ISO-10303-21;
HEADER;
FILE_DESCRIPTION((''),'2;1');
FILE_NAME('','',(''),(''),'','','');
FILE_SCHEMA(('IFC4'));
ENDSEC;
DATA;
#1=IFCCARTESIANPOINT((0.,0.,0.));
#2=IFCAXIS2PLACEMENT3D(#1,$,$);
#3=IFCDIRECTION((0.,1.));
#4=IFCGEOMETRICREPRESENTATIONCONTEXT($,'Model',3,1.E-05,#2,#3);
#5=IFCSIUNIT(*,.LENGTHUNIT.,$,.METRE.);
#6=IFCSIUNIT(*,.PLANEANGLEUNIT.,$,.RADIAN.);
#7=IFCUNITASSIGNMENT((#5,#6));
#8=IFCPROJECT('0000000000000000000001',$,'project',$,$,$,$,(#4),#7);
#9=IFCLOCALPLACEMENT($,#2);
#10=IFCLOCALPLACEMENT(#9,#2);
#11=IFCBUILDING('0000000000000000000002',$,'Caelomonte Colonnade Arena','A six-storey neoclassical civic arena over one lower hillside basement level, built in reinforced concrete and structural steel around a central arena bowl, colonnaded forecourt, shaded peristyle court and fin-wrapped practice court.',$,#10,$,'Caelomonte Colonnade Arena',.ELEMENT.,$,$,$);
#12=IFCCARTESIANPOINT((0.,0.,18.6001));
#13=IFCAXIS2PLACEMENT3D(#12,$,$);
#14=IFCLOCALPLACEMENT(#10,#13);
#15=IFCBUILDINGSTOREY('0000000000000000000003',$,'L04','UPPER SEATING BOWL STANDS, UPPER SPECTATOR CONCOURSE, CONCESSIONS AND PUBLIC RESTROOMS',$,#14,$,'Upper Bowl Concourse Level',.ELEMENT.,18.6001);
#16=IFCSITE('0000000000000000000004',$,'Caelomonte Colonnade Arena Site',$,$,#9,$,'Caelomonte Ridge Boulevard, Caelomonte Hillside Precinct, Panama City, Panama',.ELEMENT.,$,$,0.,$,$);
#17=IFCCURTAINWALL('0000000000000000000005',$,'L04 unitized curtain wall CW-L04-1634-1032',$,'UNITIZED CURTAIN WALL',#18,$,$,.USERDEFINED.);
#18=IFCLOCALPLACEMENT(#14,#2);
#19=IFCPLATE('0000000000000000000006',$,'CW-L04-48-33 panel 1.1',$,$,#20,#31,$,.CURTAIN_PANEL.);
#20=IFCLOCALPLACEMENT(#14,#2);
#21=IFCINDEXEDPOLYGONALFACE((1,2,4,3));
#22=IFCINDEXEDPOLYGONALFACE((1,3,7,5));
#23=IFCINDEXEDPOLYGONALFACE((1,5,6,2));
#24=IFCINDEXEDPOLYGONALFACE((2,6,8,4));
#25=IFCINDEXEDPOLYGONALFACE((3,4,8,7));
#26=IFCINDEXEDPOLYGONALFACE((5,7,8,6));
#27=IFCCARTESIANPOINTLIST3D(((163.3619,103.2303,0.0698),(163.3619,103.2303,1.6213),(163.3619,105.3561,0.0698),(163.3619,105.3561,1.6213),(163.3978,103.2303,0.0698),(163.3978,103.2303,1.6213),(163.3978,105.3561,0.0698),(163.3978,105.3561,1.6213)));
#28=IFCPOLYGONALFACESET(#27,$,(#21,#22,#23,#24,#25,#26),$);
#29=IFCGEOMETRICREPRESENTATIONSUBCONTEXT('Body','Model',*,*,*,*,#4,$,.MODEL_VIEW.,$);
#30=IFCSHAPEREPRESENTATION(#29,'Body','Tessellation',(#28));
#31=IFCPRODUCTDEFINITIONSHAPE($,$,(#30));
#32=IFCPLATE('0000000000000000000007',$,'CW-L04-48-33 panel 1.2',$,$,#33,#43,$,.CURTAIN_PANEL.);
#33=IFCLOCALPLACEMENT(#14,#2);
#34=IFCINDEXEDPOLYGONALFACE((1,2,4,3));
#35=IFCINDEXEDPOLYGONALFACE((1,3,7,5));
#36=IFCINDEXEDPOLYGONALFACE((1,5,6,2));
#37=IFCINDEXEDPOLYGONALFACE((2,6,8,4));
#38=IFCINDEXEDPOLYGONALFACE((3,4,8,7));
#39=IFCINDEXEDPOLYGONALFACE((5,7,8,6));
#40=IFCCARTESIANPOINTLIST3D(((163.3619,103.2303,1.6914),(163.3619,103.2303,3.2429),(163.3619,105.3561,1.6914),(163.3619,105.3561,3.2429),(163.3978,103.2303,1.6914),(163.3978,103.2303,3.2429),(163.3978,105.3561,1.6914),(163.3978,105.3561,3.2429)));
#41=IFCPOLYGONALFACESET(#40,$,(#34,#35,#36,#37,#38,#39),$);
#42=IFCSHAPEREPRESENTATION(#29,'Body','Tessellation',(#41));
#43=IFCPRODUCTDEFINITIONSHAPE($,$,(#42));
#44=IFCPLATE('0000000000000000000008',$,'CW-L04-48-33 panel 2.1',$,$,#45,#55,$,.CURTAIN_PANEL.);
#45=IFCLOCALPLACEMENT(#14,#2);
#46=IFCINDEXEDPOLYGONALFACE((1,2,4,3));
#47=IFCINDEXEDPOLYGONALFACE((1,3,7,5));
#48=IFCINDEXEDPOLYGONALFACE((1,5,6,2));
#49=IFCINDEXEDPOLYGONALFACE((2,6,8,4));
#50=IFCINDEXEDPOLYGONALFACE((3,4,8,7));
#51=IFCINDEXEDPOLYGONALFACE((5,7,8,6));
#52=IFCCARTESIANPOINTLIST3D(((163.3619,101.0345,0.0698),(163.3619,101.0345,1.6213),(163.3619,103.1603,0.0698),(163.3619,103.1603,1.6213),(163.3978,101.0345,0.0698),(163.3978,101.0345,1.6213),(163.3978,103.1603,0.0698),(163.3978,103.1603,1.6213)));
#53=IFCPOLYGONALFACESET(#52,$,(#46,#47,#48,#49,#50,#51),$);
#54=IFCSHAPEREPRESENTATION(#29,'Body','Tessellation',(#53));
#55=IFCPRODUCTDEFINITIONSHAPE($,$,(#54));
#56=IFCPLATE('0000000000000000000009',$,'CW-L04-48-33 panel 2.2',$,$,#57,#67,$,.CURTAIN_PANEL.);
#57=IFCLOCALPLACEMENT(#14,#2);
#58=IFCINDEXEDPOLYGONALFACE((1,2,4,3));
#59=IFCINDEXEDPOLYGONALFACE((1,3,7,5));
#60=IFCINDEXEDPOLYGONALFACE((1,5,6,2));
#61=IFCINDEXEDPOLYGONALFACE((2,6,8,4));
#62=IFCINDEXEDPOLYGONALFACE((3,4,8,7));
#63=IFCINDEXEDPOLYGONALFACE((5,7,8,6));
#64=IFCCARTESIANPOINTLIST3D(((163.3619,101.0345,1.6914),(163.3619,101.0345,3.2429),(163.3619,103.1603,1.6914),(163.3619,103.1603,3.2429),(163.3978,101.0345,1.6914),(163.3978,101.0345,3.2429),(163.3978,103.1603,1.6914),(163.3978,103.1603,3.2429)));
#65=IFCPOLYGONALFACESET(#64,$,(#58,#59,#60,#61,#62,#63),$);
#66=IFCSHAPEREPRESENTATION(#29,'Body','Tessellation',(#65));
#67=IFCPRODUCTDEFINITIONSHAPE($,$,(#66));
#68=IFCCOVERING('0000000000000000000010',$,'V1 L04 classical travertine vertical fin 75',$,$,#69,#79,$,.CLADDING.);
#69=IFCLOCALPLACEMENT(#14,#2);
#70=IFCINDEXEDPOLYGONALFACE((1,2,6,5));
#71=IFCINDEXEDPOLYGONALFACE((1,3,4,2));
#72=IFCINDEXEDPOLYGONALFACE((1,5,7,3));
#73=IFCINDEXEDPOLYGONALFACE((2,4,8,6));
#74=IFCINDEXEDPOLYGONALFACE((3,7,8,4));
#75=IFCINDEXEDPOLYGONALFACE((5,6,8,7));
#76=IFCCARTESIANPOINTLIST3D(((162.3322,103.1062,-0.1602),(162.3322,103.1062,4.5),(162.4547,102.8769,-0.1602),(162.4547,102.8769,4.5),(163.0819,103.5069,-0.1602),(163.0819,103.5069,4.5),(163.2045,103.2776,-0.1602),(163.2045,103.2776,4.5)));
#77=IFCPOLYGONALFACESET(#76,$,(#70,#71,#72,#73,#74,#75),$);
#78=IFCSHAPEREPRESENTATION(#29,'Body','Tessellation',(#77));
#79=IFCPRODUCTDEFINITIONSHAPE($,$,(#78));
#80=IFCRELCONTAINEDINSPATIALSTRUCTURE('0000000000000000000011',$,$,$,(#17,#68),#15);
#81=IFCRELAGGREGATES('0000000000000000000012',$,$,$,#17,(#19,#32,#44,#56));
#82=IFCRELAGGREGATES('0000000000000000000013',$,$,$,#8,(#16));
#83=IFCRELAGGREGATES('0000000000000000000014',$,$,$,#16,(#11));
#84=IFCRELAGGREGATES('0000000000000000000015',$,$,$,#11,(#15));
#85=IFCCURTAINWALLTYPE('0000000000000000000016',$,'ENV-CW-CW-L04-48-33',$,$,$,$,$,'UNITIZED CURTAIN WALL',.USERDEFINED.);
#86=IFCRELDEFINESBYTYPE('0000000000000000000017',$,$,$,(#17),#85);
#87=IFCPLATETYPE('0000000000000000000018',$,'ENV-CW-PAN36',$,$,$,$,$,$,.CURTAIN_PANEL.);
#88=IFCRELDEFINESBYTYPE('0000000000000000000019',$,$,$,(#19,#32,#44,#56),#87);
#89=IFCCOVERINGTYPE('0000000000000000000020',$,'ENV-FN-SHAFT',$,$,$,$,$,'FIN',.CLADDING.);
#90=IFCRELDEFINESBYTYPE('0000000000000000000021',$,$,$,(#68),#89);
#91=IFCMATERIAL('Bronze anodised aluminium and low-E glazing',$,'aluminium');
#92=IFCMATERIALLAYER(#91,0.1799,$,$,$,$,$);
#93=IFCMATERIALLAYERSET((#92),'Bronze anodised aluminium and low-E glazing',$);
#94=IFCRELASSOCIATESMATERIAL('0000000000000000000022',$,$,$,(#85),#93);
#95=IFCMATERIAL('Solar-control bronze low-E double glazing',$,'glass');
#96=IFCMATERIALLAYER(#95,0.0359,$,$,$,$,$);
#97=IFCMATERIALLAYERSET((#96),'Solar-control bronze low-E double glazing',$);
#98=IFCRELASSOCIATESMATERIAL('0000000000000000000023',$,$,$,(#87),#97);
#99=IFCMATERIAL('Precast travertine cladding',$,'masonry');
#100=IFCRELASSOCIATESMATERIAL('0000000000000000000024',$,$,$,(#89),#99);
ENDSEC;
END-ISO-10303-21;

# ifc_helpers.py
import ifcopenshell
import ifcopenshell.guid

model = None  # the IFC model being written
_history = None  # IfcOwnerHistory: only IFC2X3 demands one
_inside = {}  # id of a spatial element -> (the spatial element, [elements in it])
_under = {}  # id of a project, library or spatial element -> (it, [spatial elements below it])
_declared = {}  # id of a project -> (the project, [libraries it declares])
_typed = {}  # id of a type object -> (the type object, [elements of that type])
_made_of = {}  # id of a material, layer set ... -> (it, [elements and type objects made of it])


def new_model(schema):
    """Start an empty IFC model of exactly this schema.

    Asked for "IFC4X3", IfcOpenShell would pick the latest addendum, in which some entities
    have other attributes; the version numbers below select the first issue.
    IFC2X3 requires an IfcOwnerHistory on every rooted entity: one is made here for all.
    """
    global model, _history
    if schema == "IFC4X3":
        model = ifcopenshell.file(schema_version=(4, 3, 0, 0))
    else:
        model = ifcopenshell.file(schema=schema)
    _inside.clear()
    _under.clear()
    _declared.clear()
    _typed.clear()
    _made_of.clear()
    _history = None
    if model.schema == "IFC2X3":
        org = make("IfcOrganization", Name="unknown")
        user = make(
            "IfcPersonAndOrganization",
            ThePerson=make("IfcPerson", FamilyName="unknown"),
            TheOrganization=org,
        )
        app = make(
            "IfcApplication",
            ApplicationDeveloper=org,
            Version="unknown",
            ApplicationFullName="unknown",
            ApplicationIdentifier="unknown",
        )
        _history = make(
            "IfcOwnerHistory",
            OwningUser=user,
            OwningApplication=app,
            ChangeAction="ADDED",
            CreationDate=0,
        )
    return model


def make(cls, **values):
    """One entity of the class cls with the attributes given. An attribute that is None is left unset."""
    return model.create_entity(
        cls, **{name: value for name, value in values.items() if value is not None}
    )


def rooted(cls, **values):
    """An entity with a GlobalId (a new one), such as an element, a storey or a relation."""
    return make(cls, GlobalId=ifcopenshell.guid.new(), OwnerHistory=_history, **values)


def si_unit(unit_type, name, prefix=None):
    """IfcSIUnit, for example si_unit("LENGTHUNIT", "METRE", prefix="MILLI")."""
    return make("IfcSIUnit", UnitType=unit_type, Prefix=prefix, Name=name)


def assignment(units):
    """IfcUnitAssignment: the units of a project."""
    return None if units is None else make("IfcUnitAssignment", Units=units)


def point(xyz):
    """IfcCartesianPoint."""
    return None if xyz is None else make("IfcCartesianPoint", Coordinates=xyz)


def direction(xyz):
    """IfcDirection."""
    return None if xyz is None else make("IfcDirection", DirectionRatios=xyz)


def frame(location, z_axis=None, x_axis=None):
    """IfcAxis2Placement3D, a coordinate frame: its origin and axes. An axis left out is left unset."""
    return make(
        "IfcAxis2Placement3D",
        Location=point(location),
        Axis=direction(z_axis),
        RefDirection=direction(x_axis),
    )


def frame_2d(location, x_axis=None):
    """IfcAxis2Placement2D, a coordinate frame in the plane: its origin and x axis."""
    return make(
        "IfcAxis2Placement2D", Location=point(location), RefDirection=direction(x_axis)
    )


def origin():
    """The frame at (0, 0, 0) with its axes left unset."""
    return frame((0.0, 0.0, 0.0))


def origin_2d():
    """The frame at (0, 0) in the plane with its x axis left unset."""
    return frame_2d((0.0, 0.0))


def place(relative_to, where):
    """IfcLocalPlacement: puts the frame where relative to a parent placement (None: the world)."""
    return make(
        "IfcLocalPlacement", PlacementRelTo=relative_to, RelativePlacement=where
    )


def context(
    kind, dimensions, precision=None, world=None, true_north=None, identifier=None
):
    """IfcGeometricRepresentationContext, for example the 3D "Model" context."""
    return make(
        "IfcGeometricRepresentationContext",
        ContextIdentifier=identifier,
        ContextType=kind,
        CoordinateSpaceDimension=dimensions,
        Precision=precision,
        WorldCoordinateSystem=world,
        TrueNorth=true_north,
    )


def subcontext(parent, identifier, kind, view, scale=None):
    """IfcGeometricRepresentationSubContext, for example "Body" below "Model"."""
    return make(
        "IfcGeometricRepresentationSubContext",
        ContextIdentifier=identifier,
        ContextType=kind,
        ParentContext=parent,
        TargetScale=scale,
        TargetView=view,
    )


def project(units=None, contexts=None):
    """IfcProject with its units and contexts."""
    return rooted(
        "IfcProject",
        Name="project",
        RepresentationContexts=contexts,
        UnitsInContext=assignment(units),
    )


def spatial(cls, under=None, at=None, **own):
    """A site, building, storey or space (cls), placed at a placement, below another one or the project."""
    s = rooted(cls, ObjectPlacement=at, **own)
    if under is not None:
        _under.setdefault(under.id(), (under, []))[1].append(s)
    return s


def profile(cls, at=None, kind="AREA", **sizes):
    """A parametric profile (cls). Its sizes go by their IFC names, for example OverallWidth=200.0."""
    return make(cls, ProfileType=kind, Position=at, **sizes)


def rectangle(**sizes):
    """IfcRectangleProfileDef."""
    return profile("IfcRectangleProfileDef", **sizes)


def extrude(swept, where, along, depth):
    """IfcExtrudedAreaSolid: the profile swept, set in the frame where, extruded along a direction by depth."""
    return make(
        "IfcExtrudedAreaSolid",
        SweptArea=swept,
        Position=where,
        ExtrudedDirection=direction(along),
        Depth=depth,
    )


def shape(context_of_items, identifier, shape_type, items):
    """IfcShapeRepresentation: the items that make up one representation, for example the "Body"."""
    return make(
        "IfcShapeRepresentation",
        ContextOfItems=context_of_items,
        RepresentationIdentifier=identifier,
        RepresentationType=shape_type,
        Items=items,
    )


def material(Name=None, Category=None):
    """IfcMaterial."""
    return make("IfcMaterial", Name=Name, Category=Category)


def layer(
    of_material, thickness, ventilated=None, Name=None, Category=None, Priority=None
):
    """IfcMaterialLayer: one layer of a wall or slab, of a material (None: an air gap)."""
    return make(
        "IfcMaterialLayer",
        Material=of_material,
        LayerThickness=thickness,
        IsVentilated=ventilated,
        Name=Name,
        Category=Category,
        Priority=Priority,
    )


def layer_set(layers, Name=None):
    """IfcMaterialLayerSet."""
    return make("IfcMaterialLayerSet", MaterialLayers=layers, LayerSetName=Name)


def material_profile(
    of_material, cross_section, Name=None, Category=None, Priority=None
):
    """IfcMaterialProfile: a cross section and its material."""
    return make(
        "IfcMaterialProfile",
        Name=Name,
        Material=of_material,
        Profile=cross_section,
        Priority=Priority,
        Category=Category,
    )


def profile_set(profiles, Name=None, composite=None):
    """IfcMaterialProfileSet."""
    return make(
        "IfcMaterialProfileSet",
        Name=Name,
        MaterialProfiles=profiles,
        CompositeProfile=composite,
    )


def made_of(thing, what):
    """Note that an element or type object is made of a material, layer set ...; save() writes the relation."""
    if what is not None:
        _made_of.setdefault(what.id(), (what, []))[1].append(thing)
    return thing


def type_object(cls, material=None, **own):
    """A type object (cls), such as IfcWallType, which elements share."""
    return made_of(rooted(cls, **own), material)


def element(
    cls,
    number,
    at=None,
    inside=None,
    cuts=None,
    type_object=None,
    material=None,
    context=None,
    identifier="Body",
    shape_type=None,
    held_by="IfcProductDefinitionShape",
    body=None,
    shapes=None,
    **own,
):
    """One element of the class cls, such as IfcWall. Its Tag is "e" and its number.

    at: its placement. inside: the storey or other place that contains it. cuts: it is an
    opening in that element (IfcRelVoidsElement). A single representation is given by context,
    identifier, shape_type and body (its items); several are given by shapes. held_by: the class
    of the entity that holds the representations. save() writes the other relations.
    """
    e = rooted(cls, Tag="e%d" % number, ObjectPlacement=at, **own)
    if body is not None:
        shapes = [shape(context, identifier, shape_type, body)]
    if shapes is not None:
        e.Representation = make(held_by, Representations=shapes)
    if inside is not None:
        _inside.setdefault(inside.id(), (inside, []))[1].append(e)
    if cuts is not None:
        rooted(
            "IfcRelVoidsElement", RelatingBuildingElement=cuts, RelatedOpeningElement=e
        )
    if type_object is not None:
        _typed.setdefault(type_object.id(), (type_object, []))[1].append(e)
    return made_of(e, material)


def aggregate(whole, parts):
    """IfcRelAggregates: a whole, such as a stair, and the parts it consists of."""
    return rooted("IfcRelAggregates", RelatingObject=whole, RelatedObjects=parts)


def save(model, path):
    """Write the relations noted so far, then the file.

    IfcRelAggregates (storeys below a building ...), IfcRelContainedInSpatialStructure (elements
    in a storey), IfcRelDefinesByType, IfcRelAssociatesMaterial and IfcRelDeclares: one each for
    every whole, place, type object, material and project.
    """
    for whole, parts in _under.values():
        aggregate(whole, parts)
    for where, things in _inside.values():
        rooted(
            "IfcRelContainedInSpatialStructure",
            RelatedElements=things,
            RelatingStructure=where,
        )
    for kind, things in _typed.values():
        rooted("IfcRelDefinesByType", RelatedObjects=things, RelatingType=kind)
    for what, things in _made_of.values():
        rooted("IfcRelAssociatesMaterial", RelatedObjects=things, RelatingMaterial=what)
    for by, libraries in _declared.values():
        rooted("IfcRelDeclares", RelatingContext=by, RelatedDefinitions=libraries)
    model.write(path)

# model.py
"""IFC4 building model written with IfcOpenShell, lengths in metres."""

from ifc_helpers import new_model, si_unit, direction, frame, origin, origin_2d, place, context, subcontext, project, spatial, rectangle, extrude, material, layer, layer_set, material_profile, profile_set, type_object, element, aggregate, save


model = new_model("IFC4")

# Units and contexts
model_context = context("Model", 3, precision=1e-05, world=origin(), true_north=direction((0.0, 1.0)))
body_context = subcontext(model_context, "Body", "Model", "MODEL_VIEW")
ifc_project = project(units=[si_unit("LENGTHUNIT", "METRE"), si_unit("PLANEANGLEUNIT", "RADIAN")], contexts=[model_context])

# Site, building, storey
site_placement = place(None, origin())
site = spatial("IfcSite", under=ifc_project, at=site_placement, Name="Caelomonte Colonnade Arena Site", LongName="Caelomonte Ridge Boulevard, Caelomonte Hillside Precinct, Panama City, Panama", CompositionType="ELEMENT", RefElevation=0.0)
building_placement = place(site_placement, origin())
building = spatial("IfcBuilding", under=site, at=building_placement, Name="Caelomonte Colonnade Arena", Description="A six-storey neoclassical civic arena over one lower hillside basement level, built in reinforced concrete and structural steel around a central arena bowl, colonnaded forecourt, shaded peristyle court and fin-wrapped practice court.", LongName="Caelomonte Colonnade Arena", CompositionType="ELEMENT")
storey_placement = place(building_placement, frame((0.0, 0.0, 18.6001)))
storey = spatial("IfcBuildingStorey", under=building, at=storey_placement, Name="L04", Description="UPPER SEATING BOWL STANDS, UPPER SPECTATOR CONCOURSE, CONCESSIONS AND PUBLIC RESTROOMS", LongName="Upper Bowl Concourse Level", CompositionType="ELEMENT", Elevation=18.6001)

# Curtain wall
ifc_material_1 = material(Name="Bronze anodised aluminium and low-E glazing", Category="aluminium")
ifc_layer_1 = layer(ifc_material_1, 0.1799)
ifc_layer_set_1 = layer_set([ifc_layer_1], Name="Bronze anodised aluminium and low-E glazing")
curtain_wall_type_1 = type_object("IfcCurtainWallType", Name="ENV-CW-CW-L04-48-33", ElementType="UNITIZED CURTAIN WALL", PredefinedType="USERDEFINED", material=ifc_layer_set_1)
curtain_wall_1_placement = place(storey_placement, origin())
curtain_wall_1 = element("IfcCurtainWall", 1, at=curtain_wall_1_placement, inside=storey, type_object=curtain_wall_type_1, Name="L04 unitized curtain wall CW-L04-1634-1032", ObjectType="UNITIZED CURTAIN WALL", PredefinedType="USERDEFINED")

# Plates
ifc_material_2 = material(Name="Solar-control bronze low-E double glazing", Category="glass")
ifc_layer_2 = layer(ifc_material_2, 0.0359)
ifc_layer_set_2 = layer_set([ifc_layer_2], Name="Solar-control bronze low-E double glazing")
plate_type = type_object("IfcPlateType", Name="ENV-CW-PAN36", PredefinedType="CURTAIN_PANEL", material=ifc_layer_set_2)
plate_1_placement = place(storey_placement, frame((163.3799, 104.2932, 0.0698), z_axis=(0.0, 0.0, 1.0), x_axis=(0.0, -1.0, 0.0)))
plate_1 = element("IfcPlate", 2, at=plate_1_placement, type_object=plate_type, Name="CW-L04-48-33 panel 1.1", PredefinedType="CURTAIN_PANEL", context=body_context, shape_type="SweptSolid", body=[
    extrude(rectangle(XDim=2.1257, YDim=0.0359, at=origin_2d()), origin(), (0.0, 0.0, 1.0), 1.5515),
])
plate_2_placement = place(storey_placement, frame((163.3799, 104.2932, 1.6914), z_axis=(0.0, 0.0, 1.0), x_axis=(0.0, -1.0, 0.0)))
plate_2 = element("IfcPlate", 3, at=plate_2_placement, type_object=plate_type, Name="CW-L04-48-33 panel 1.2", PredefinedType="CURTAIN_PANEL", context=body_context, shape_type="SweptSolid", body=[
    extrude(rectangle(XDim=2.1257, YDim=0.0359, at=origin_2d()), origin(), (0.0, 0.0, 1.0), 1.5515),
])
plate_3_placement = place(storey_placement, frame((163.3799, 102.0974, 0.0698), z_axis=(0.0, 0.0, 1.0), x_axis=(0.0, -1.0, 0.0)))
plate_3 = element("IfcPlate", 4, at=plate_3_placement, type_object=plate_type, Name="CW-L04-48-33 panel 2.1", PredefinedType="CURTAIN_PANEL", context=body_context, shape_type="SweptSolid", body=[
    extrude(rectangle(XDim=2.1257, YDim=0.0359, at=origin_2d()), origin(), (0.0, 0.0, 1.0), 1.5515),
])
plate_4_placement = place(storey_placement, frame((163.3799, 102.0974, 1.6914), z_axis=(0.0, 0.0, 1.0), x_axis=(0.0, -1.0, 0.0)))
plate_4 = element("IfcPlate", 5, at=plate_4_placement, type_object=plate_type, Name="CW-L04-48-33 panel 2.2", PredefinedType="CURTAIN_PANEL", context=body_context, shape_type="SweptSolid", body=[
    extrude(rectangle(XDim=2.1257, YDim=0.0359, at=origin_2d()), origin(), (0.0, 0.0, 1.0), 1.5515),
])
aggregate(curtain_wall_1, [plate_1, plate_2, plate_3, plate_4])

# Covering
ifc_material_3 = material(Name="Precast travertine cladding", Category="masonry")
ifc_material_profile_1 = material_profile(ifc_material_3, rectangle(XDim=0.26, YDim=0.8501, at=origin_2d()), Name="FIN260X850")
ifc_profile_set_1 = profile_set([ifc_material_profile_1], Name="Precast travertine cladding")
covering_type = type_object("IfcCoveringType", Name="ENV-FN-SHAFT", ElementType="FIN", PredefinedType="CLADDING", material=ifc_profile_set_1)
covering_placement = place(storey_placement, frame((162.7683, 103.1919, -0.1602), z_axis=(0.0, 0.0, 1.0), x_axis=(0.471397, -0.881921, 0.0)))
element("IfcCovering", 6, at=covering_placement, inside=storey, type_object=covering_type, Name="V1 L04 classical travertine vertical fin 75", PredefinedType="CLADDING", context=body_context, shape_type="SweptSolid", body=[
    extrude(rectangle(XDim=0.26, YDim=0.8501, at=origin_2d()), origin(), (0.0, 0.0, 1.0), 4.6602),
])

save(model, "model.ifc")
